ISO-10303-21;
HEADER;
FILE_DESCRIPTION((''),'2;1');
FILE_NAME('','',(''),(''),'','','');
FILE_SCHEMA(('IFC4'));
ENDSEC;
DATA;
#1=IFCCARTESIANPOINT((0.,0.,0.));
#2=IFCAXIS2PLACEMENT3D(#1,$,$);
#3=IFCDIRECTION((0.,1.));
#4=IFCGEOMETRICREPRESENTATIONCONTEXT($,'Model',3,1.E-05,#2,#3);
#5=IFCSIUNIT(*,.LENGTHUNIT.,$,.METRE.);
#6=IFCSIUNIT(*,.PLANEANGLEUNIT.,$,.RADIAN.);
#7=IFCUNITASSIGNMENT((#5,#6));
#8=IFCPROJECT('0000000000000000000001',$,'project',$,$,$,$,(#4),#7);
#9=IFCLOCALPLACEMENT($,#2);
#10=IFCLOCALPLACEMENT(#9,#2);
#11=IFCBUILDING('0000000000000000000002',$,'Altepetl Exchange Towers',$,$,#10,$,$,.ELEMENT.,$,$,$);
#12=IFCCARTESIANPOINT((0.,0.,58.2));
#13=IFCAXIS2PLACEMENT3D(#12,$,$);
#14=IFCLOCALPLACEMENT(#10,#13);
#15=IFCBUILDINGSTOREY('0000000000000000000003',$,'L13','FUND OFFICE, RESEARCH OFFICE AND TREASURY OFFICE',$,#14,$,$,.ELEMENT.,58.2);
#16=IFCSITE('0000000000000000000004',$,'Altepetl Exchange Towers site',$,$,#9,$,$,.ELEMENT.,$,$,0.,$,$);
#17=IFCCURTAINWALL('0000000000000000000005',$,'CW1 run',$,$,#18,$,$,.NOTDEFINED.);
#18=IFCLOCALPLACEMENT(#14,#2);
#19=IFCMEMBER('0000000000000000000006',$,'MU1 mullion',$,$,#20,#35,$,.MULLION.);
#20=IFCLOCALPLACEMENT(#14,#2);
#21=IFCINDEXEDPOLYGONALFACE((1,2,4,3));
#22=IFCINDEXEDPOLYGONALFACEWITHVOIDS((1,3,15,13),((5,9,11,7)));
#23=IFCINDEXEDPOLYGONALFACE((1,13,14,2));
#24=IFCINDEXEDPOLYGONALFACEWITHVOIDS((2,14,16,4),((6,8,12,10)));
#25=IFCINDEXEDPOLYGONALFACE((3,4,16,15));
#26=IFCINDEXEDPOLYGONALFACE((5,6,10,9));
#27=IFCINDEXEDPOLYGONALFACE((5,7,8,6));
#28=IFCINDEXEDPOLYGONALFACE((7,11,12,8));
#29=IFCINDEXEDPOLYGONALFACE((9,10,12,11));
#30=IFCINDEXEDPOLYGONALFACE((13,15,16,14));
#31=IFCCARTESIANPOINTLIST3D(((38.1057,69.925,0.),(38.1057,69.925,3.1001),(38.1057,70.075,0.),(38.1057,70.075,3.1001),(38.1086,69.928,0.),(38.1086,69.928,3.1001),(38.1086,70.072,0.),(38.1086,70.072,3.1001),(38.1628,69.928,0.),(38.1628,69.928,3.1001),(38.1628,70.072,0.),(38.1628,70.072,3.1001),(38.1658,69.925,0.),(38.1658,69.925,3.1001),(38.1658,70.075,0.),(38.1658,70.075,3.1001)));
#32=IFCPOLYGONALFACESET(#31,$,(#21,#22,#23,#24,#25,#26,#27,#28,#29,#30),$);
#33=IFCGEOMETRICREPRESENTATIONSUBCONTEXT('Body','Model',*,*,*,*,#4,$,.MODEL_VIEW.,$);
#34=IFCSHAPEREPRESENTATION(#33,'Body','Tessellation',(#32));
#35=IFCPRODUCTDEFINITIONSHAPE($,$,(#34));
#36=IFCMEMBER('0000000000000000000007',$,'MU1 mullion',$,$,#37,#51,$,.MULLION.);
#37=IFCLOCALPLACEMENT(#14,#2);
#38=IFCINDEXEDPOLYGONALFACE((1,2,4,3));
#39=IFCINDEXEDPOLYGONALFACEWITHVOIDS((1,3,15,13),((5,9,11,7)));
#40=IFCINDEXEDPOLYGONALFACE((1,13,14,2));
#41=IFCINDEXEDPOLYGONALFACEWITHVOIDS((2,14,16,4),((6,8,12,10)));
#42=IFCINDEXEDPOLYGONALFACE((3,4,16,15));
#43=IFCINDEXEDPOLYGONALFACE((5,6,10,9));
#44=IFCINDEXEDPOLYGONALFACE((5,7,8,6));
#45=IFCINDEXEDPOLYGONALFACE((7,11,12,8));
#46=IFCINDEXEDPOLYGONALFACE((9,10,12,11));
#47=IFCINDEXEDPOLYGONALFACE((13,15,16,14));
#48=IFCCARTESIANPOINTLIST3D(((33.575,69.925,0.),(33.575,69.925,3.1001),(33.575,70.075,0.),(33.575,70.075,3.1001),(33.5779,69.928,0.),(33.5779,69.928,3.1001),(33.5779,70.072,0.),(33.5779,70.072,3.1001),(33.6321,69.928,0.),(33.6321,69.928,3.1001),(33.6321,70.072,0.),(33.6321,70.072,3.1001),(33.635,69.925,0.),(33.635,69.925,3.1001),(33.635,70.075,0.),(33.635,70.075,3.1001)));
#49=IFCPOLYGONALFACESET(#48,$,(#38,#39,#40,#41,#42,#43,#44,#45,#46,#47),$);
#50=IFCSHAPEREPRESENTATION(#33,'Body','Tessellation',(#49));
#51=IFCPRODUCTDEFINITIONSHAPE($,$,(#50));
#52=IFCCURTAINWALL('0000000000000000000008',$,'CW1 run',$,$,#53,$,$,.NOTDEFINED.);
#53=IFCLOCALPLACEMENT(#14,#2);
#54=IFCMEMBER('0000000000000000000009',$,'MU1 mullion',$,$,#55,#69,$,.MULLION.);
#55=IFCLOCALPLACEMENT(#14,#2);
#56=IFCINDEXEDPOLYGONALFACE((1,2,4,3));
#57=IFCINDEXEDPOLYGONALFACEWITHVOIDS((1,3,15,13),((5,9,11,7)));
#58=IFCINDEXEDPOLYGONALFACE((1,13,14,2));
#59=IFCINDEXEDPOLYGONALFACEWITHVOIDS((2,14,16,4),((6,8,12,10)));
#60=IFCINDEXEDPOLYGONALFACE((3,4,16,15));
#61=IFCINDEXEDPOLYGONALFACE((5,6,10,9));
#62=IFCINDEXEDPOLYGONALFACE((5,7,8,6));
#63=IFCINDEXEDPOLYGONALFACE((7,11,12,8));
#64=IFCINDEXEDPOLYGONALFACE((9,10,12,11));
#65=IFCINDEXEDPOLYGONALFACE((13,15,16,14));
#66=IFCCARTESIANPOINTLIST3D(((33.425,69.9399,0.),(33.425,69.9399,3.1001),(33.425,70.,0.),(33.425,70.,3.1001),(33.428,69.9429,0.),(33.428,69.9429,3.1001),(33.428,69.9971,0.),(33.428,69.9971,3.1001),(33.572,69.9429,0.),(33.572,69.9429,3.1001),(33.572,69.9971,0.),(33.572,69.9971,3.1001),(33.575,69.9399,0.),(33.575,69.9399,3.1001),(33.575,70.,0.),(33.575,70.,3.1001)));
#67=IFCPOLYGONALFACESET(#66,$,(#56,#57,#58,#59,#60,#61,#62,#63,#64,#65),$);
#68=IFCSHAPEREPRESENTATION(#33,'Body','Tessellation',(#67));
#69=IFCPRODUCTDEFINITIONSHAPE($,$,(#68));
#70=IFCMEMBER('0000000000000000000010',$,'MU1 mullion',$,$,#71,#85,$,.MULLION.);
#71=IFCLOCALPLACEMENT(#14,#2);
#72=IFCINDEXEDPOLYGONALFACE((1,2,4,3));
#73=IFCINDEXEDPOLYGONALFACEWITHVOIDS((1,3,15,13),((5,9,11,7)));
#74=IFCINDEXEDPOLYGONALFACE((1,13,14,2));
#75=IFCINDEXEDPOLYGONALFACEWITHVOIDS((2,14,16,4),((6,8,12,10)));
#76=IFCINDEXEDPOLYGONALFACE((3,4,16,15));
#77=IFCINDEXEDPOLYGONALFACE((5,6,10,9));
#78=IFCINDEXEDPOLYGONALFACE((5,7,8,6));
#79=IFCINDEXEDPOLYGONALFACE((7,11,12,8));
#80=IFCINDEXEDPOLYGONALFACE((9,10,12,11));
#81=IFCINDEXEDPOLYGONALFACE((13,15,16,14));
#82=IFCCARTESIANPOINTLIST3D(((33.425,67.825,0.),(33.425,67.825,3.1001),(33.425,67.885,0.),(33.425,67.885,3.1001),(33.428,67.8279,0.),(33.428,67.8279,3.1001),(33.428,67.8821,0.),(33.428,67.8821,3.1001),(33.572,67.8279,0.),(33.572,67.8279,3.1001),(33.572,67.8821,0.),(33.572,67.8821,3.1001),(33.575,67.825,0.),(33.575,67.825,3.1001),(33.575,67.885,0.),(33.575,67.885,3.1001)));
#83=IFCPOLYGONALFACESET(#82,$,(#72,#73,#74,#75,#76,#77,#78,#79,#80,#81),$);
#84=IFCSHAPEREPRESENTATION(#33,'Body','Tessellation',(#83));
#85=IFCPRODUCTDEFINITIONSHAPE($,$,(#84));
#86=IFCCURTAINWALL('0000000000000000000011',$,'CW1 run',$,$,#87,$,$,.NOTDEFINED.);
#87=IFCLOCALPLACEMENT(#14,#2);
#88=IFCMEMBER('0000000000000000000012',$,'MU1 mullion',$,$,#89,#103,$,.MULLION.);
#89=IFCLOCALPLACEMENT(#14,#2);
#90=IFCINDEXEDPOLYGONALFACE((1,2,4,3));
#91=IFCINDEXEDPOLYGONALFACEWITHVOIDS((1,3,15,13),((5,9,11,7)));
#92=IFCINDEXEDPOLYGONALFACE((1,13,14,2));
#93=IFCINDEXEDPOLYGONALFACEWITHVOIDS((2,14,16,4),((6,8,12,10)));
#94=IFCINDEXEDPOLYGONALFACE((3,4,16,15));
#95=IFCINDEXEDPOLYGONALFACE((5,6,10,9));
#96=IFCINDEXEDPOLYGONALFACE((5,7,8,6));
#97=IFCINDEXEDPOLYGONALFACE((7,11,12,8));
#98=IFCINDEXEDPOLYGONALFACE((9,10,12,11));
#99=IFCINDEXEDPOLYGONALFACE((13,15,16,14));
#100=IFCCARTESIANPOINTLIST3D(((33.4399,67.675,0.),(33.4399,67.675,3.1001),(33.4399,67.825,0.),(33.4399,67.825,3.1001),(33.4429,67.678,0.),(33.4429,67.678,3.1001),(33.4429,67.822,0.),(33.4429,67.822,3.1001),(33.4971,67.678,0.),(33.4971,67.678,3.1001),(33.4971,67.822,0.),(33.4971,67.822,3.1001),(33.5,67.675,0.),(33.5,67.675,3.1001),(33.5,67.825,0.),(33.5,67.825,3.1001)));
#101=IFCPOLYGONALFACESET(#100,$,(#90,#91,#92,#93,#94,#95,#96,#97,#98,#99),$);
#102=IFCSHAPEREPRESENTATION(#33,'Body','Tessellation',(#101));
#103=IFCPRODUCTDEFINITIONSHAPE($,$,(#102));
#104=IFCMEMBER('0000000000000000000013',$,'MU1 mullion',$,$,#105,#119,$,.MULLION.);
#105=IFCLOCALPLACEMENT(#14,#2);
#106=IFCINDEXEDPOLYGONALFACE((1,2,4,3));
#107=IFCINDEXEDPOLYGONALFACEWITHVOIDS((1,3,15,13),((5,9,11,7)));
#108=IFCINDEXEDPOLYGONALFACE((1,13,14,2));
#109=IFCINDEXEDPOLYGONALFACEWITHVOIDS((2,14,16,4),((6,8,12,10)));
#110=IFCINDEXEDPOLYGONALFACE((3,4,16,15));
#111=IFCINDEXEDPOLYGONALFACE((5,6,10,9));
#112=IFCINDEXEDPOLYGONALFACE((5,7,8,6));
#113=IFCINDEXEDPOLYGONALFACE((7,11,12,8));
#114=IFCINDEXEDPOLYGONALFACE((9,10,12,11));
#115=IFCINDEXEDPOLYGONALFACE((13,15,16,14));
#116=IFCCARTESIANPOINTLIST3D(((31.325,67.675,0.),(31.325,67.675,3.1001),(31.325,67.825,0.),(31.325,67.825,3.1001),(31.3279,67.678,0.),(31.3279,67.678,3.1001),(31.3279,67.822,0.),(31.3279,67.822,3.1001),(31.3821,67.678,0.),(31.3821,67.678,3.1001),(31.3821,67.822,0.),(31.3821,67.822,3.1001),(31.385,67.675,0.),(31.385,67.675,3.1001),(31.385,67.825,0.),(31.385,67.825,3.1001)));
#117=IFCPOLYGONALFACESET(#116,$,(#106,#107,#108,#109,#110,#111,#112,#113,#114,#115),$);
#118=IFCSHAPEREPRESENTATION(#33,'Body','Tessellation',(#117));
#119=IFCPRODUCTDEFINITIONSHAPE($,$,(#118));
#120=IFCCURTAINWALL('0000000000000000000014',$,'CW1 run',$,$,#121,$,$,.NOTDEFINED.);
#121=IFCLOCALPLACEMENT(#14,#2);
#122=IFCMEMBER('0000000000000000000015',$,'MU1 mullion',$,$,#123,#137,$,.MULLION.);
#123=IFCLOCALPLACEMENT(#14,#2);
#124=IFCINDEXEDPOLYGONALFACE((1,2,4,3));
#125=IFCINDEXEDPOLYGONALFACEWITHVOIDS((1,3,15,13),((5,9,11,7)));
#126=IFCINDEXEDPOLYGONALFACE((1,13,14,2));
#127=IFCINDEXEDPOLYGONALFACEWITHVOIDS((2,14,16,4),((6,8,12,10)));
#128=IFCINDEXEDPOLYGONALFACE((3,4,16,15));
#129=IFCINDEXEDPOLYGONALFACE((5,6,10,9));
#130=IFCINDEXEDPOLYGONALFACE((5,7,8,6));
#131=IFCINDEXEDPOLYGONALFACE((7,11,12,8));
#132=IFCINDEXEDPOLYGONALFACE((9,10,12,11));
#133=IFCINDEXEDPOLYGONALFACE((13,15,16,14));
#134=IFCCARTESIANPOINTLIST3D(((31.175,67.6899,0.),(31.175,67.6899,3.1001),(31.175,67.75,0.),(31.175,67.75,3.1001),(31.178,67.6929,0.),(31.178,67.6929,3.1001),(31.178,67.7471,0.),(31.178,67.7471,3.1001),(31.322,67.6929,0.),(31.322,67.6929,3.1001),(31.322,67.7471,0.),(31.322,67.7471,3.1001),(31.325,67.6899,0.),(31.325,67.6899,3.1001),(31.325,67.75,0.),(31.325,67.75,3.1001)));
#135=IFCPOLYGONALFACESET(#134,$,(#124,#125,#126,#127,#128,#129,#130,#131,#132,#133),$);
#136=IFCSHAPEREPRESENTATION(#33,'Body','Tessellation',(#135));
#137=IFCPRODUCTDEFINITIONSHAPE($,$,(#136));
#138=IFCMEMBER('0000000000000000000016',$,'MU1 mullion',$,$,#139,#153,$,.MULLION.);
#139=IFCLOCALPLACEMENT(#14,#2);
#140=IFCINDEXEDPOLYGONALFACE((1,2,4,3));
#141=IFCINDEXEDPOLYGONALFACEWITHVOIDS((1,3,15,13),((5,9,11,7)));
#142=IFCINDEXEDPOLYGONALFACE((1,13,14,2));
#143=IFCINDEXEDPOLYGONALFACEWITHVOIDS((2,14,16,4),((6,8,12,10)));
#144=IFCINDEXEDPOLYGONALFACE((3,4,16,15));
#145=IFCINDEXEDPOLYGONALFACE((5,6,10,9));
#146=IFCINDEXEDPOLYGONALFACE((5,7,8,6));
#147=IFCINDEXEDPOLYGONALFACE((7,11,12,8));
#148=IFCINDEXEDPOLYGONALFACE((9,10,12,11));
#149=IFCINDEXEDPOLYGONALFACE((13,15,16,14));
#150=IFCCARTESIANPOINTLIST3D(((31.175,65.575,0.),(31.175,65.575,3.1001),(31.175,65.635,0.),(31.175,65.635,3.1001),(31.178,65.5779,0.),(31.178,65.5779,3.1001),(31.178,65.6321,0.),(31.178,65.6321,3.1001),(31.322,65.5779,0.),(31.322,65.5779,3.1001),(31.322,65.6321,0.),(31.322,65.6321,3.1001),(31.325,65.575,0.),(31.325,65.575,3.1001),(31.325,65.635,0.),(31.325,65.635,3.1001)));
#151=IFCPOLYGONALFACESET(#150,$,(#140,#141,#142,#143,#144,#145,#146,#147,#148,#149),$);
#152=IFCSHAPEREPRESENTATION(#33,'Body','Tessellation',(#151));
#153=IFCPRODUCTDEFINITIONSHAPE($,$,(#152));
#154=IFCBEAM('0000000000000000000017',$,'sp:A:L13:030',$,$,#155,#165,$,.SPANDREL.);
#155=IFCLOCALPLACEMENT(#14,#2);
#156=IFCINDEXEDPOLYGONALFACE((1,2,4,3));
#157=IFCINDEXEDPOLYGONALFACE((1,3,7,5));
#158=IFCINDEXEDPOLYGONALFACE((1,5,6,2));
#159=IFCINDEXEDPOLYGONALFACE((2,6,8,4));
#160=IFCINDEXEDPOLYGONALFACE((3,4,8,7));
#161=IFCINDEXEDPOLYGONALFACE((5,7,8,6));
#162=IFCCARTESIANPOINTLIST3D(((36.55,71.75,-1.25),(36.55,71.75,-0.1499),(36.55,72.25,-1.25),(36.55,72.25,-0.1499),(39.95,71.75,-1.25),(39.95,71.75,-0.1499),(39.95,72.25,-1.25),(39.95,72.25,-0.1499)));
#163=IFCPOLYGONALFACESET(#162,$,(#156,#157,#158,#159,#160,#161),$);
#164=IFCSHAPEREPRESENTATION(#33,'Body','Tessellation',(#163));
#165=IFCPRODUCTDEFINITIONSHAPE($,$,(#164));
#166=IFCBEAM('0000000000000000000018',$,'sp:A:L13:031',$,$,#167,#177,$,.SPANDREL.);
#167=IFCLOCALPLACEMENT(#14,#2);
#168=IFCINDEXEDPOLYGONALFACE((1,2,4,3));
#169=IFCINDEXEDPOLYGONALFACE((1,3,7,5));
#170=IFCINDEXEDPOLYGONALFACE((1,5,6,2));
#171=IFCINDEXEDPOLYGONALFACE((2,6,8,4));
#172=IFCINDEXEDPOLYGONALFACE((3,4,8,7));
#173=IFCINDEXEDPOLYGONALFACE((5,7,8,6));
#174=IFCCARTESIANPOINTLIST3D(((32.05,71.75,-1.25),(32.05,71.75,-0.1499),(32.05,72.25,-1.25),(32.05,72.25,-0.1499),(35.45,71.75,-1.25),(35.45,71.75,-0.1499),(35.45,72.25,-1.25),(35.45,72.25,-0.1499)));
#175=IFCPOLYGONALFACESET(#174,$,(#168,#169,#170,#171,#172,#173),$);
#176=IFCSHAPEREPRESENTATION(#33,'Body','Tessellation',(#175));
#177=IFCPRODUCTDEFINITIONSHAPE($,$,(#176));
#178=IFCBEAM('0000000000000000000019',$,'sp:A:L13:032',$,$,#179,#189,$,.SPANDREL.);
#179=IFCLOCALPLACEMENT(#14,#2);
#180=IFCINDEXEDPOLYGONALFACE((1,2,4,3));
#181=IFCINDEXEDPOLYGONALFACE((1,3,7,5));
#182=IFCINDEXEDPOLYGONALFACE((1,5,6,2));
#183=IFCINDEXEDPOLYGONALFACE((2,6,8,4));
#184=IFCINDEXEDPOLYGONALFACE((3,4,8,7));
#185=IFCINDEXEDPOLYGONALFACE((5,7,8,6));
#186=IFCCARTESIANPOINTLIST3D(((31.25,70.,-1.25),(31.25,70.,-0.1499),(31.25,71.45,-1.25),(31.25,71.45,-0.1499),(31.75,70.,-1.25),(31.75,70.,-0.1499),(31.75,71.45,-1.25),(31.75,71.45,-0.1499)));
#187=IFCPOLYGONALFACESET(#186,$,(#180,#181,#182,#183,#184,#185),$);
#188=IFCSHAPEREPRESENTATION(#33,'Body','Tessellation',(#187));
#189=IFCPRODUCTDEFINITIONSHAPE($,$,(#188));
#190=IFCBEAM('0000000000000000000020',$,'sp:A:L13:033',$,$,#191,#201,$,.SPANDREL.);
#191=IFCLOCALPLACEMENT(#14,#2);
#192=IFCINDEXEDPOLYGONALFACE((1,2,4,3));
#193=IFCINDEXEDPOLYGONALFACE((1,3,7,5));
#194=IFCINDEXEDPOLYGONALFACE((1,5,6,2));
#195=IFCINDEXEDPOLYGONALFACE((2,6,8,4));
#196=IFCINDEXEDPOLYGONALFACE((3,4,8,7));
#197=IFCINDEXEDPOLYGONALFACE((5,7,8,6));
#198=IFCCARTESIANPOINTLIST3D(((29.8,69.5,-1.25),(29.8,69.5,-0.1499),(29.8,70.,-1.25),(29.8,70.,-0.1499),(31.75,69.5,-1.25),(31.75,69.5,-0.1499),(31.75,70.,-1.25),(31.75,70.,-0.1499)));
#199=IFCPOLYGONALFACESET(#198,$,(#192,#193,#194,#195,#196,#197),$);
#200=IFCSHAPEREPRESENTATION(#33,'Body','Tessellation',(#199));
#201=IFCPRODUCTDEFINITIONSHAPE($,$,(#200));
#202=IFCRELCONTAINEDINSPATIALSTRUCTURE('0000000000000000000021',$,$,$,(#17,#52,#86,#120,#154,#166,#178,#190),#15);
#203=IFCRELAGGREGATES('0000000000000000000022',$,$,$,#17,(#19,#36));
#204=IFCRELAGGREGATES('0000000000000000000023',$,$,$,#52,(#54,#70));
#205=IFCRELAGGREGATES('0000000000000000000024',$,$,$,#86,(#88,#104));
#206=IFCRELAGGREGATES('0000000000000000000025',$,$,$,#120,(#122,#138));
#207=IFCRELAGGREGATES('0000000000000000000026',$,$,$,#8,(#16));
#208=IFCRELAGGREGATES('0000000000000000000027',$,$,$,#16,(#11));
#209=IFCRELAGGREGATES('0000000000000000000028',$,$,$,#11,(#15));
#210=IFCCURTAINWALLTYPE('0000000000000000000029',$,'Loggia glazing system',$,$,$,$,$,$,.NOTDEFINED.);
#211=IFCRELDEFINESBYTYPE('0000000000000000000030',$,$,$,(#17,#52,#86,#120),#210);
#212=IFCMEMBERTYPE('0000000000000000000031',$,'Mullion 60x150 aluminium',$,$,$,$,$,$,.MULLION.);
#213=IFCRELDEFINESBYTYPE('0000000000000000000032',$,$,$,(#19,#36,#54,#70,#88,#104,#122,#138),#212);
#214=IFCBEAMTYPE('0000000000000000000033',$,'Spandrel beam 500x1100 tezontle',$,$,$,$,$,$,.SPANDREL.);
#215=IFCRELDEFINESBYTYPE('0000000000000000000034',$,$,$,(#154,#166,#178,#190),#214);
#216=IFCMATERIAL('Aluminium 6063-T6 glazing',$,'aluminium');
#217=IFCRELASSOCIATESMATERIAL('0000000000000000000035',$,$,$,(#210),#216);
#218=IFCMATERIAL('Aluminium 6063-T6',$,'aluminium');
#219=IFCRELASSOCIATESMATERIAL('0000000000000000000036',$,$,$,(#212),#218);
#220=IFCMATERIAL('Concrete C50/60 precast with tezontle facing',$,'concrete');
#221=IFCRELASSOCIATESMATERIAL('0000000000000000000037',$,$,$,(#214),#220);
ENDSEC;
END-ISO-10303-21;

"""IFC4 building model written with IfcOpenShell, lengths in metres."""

from ifc_helpers import new_model, si_unit, direction, frame, origin, origin_2d, place, context, subcontext, project, spatial, rectangle, hollow_rectangle, extrude, material, material_profile, profile_set, type_object, element, aggregate, save


model = new_model("IFC4")

# Units and contexts
model_context = context("Model", 3, precision=1e-05, world=origin(), true_north=direction((0.0, 1.0)))
body_context = subcontext(model_context, "Body", "Model", "MODEL_VIEW")
ifc_project = project(units=[si_unit("LENGTHUNIT", "METRE"), si_unit("PLANEANGLEUNIT", "RADIAN")], contexts=[model_context])

# Site, building, storey
site_placement = place(None, origin())
site = spatial("IfcSite", under=ifc_project, at=site_placement, Name="Altepetl Exchange Towers site", CompositionType="ELEMENT", RefElevation=0.0)
building_placement = place(site_placement, origin())
building = spatial("IfcBuilding", under=site, at=building_placement, Name="Altepetl Exchange Towers", CompositionType="ELEMENT")
storey_placement = place(building_placement, frame((0.0, 0.0, 58.2)))
storey = spatial("IfcBuildingStorey", under=building, at=storey_placement, Name="L13", Description="FUND OFFICE, RESEARCH OFFICE AND TREASURY OFFICE", CompositionType="ELEMENT", Elevation=58.2)

# Curtain walls, members
ifc_material_1 = material(Name="Aluminium 6063-T6 glazing", Category="aluminium")
curtain_wall_type = type_object("IfcCurtainWallType", Name="Loggia glazing system", PredefinedType="NOTDEFINED", material=ifc_material_1)
ifc_material_2 = material(Name="Aluminium 6063-T6", Category="aluminium")
ifc_material_profile_1 = material_profile(ifc_material_2, hollow_rectangle(XDim=0.0601, YDim=0.1499, WallThickness=0.0029, at=origin_2d()), Name="Mullion 60x150 aluminium")
ifc_profile_set_1 = profile_set([ifc_material_profile_1], Name="Aluminium 6063-T6")
member_type = type_object("IfcMemberType", Name="Mullion 60x150 aluminium", PredefinedType="MULLION", material=ifc_profile_set_1)
curtain_wall_1_placement = place(storey_placement, origin())
curtain_wall_1 = element("IfcCurtainWall", 1, at=curtain_wall_1_placement, inside=storey, type_object=curtain_wall_type, Name="CW1 run", PredefinedType="NOTDEFINED")
member_1_placement = place(storey_placement, frame((38.1357, 70.0, 0.0), z_axis=(0.0, 0.0, 1.0), x_axis=(-1.0, 0.0, 0.0)))
member_1 = element("IfcMember", 2, at=member_1_placement, type_object=member_type, Name="MU1 mullion", PredefinedType="MULLION", context=body_context, shape_type="SweptSolid", body=[
    extrude(hollow_rectangle(XDim=0.0601, YDim=0.1499, WallThickness=0.0029, at=origin_2d()), origin(), (0.0, 0.0, 1.0), 3.1001),
])
member_2_placement = place(storey_placement, frame((33.605, 70.0, 0.0), z_axis=(0.0, 0.0, 1.0), x_axis=(-1.0, 0.0, 0.0)))
member_2 = element("IfcMember", 3, at=member_2_placement, type_object=member_type, Name="MU1 mullion", PredefinedType="MULLION", context=body_context, shape_type="SweptSolid", body=[
    extrude(hollow_rectangle(XDim=0.0601, YDim=0.1499, WallThickness=0.0029, at=origin_2d()), origin(), (0.0, 0.0, 1.0), 3.1001),
])
curtain_wall_2_placement = place(storey_placement, origin())
curtain_wall_2 = element("IfcCurtainWall", 4, at=curtain_wall_2_placement, inside=storey, type_object=curtain_wall_type, Name="CW1 run", PredefinedType="NOTDEFINED")
member_3_placement = place(storey_placement, frame((33.5, 69.97, 0.0), z_axis=(0.0, 0.0, 1.0), x_axis=(0.0, -1.0, 0.0)))
member_3 = element("IfcMember", 5, at=member_3_placement, type_object=member_type, Name="MU1 mullion", PredefinedType="MULLION", context=body_context, shape_type="SweptSolid", body=[
    extrude(hollow_rectangle(XDim=0.0601, YDim=0.1499, WallThickness=0.0029, at=origin_2d()), origin(), (0.0, 0.0, 1.0), 3.1001),
])
member_4_placement = place(storey_placement, frame((33.5, 67.855, 0.0), z_axis=(0.0, 0.0, 1.0), x_axis=(0.0, -1.0, 0.0)))
member_4 = element("IfcMember", 6, at=member_4_placement, type_object=member_type, Name="MU1 mullion", PredefinedType="MULLION", context=body_context, shape_type="SweptSolid", body=[
    extrude(hollow_rectangle(XDim=0.0601, YDim=0.1499, WallThickness=0.0029, at=origin_2d()), origin(), (0.0, 0.0, 1.0), 3.1001),
])
curtain_wall_3_placement = place(storey_placement, origin())
curtain_wall_3 = element("IfcCurtainWall", 7, at=curtain_wall_3_placement, inside=storey, type_object=curtain_wall_type, Name="CW1 run", PredefinedType="NOTDEFINED")
member_5_placement = place(storey_placement, frame((33.47, 67.75, 0.0), z_axis=(0.0, 0.0, 1.0), x_axis=(-1.0, 0.0, 0.0)))
member_5 = element("IfcMember", 8, at=member_5_placement, type_object=member_type, Name="MU1 mullion", PredefinedType="MULLION", context=body_context, shape_type="SweptSolid", body=[
    extrude(hollow_rectangle(XDim=0.0601, YDim=0.1499, WallThickness=0.0029, at=origin_2d()), origin(), (0.0, 0.0, 1.0), 3.1001),
])
member_6_placement = place(storey_placement, frame((31.355, 67.75, 0.0), z_axis=(0.0, 0.0, 1.0), x_axis=(-1.0, 0.0, 0.0)))
member_6 = element("IfcMember", 9, at=member_6_placement, type_object=member_type, Name="MU1 mullion", PredefinedType="MULLION", context=body_context, shape_type="SweptSolid", body=[
    extrude(hollow_rectangle(XDim=0.0601, YDim=0.1499, WallThickness=0.0029, at=origin_2d()), origin(), (0.0, 0.0, 1.0), 3.1001),
])
curtain_wall_4_placement = place(storey_placement, origin())
curtain_wall_4 = element("IfcCurtainWall", 10, at=curtain_wall_4_placement, inside=storey, type_object=curtain_wall_type, Name="CW1 run", PredefinedType="NOTDEFINED")
member_7_placement = place(storey_placement, frame((31.25, 67.72, 0.0), z_axis=(0.0, 0.0, 1.0), x_axis=(0.0, -1.0, 0.0)))
member_7 = element("IfcMember", 11, at=member_7_placement, type_object=member_type, Name="MU1 mullion", PredefinedType="MULLION", context=body_context, shape_type="SweptSolid", body=[
    extrude(hollow_rectangle(XDim=0.0601, YDim=0.1499, WallThickness=0.0029, at=origin_2d()), origin(), (0.0, 0.0, 1.0), 3.1001),
])
member_8_placement = place(storey_placement, frame((31.25, 65.605, 0.0), z_axis=(0.0, 0.0, 1.0), x_axis=(0.0, -1.0, 0.0)))
member_8 = element("IfcMember", 12, at=member_8_placement, type_object=member_type, Name="MU1 mullion", PredefinedType="MULLION", context=body_context, shape_type="SweptSolid", body=[
    extrude(hollow_rectangle(XDim=0.0601, YDim=0.1499, WallThickness=0.0029, at=origin_2d()), origin(), (0.0, 0.0, 1.0), 3.1001),
])

# Beams
ifc_material_3 = material(Name="Concrete C50/60 precast with tezontle facing", Category="concrete")
ifc_material_profile_2 = material_profile(ifc_material_3, rectangle(XDim=0.5, YDim=1.1001, at=origin_2d()), Name="500 x 1100")
ifc_profile_set_2 = profile_set([ifc_material_profile_2], Name="Concrete C50/60 precast with tezontle facing")
beam_type_1 = type_object("IfcBeamType", Name="Spandrel beam 500x1100 tezontle", PredefinedType="SPANDREL", material=ifc_profile_set_2)
for number, where, z_axis, x_axis, name in (
    (13, (39.95, 72.0, -0.7), (-1.0, 0.0, 0.0), (0.0, -1.0, 0.0), "sp:A:L13:030"),
    (14, (35.45, 72.0, -0.7), (-1.0, 0.0, 0.0), (0.0, -1.0, 0.0), "sp:A:L13:031"),
):
    element("IfcBeam", number, at=place(storey_placement, frame(where, z_axis=z_axis, x_axis=x_axis)), inside=storey, type_object=beam_type_1, Name=name, PredefinedType="SPANDREL", context=body_context, shape_type="SweptSolid", body=[
        extrude(rectangle(XDim=0.5, YDim=1.1001, at=origin_2d()), origin(), (0.0, 0.0, 1.0), 3.3999),
    ])
beam_1_placement = place(storey_placement, frame((31.5, 71.45, -0.7), z_axis=(0.0, -1.0, 0.0), x_axis=(1.0, 0.0, 0.0)))
element("IfcBeam", 15, at=beam_1_placement, inside=storey, type_object=beam_type_1, Name="sp:A:L13:032", PredefinedType="SPANDREL", context=body_context, shape_type="SweptSolid", body=[
    extrude(rectangle(XDim=0.5, YDim=1.1001, at=origin_2d()), origin(), (0.0, 0.0, 1.0), 1.45),
])
beam_2_placement = place(storey_placement, frame((31.75, 69.75, -0.7), z_axis=(-1.0, 0.0, 0.0), x_axis=(0.0, -1.0, 0.0)))
element("IfcBeam", 16, at=beam_2_placement, inside=storey, type_object=beam_type_1, Name="sp:A:L13:033", PredefinedType="SPANDREL", context=body_context, shape_type="SweptSolid", body=[
    extrude(rectangle(XDim=0.5, YDim=1.1001, at=origin_2d()), origin(), (0.0, 0.0, 1.0), 1.95),
])

aggregate(curtain_wall_1, [member_1, member_2])
aggregate(curtain_wall_2, [member_3, member_4])
aggregate(curtain_wall_3, [member_5, member_6])
aggregate(curtain_wall_4, [member_7, member_8])

save(model, "model.ifc")
